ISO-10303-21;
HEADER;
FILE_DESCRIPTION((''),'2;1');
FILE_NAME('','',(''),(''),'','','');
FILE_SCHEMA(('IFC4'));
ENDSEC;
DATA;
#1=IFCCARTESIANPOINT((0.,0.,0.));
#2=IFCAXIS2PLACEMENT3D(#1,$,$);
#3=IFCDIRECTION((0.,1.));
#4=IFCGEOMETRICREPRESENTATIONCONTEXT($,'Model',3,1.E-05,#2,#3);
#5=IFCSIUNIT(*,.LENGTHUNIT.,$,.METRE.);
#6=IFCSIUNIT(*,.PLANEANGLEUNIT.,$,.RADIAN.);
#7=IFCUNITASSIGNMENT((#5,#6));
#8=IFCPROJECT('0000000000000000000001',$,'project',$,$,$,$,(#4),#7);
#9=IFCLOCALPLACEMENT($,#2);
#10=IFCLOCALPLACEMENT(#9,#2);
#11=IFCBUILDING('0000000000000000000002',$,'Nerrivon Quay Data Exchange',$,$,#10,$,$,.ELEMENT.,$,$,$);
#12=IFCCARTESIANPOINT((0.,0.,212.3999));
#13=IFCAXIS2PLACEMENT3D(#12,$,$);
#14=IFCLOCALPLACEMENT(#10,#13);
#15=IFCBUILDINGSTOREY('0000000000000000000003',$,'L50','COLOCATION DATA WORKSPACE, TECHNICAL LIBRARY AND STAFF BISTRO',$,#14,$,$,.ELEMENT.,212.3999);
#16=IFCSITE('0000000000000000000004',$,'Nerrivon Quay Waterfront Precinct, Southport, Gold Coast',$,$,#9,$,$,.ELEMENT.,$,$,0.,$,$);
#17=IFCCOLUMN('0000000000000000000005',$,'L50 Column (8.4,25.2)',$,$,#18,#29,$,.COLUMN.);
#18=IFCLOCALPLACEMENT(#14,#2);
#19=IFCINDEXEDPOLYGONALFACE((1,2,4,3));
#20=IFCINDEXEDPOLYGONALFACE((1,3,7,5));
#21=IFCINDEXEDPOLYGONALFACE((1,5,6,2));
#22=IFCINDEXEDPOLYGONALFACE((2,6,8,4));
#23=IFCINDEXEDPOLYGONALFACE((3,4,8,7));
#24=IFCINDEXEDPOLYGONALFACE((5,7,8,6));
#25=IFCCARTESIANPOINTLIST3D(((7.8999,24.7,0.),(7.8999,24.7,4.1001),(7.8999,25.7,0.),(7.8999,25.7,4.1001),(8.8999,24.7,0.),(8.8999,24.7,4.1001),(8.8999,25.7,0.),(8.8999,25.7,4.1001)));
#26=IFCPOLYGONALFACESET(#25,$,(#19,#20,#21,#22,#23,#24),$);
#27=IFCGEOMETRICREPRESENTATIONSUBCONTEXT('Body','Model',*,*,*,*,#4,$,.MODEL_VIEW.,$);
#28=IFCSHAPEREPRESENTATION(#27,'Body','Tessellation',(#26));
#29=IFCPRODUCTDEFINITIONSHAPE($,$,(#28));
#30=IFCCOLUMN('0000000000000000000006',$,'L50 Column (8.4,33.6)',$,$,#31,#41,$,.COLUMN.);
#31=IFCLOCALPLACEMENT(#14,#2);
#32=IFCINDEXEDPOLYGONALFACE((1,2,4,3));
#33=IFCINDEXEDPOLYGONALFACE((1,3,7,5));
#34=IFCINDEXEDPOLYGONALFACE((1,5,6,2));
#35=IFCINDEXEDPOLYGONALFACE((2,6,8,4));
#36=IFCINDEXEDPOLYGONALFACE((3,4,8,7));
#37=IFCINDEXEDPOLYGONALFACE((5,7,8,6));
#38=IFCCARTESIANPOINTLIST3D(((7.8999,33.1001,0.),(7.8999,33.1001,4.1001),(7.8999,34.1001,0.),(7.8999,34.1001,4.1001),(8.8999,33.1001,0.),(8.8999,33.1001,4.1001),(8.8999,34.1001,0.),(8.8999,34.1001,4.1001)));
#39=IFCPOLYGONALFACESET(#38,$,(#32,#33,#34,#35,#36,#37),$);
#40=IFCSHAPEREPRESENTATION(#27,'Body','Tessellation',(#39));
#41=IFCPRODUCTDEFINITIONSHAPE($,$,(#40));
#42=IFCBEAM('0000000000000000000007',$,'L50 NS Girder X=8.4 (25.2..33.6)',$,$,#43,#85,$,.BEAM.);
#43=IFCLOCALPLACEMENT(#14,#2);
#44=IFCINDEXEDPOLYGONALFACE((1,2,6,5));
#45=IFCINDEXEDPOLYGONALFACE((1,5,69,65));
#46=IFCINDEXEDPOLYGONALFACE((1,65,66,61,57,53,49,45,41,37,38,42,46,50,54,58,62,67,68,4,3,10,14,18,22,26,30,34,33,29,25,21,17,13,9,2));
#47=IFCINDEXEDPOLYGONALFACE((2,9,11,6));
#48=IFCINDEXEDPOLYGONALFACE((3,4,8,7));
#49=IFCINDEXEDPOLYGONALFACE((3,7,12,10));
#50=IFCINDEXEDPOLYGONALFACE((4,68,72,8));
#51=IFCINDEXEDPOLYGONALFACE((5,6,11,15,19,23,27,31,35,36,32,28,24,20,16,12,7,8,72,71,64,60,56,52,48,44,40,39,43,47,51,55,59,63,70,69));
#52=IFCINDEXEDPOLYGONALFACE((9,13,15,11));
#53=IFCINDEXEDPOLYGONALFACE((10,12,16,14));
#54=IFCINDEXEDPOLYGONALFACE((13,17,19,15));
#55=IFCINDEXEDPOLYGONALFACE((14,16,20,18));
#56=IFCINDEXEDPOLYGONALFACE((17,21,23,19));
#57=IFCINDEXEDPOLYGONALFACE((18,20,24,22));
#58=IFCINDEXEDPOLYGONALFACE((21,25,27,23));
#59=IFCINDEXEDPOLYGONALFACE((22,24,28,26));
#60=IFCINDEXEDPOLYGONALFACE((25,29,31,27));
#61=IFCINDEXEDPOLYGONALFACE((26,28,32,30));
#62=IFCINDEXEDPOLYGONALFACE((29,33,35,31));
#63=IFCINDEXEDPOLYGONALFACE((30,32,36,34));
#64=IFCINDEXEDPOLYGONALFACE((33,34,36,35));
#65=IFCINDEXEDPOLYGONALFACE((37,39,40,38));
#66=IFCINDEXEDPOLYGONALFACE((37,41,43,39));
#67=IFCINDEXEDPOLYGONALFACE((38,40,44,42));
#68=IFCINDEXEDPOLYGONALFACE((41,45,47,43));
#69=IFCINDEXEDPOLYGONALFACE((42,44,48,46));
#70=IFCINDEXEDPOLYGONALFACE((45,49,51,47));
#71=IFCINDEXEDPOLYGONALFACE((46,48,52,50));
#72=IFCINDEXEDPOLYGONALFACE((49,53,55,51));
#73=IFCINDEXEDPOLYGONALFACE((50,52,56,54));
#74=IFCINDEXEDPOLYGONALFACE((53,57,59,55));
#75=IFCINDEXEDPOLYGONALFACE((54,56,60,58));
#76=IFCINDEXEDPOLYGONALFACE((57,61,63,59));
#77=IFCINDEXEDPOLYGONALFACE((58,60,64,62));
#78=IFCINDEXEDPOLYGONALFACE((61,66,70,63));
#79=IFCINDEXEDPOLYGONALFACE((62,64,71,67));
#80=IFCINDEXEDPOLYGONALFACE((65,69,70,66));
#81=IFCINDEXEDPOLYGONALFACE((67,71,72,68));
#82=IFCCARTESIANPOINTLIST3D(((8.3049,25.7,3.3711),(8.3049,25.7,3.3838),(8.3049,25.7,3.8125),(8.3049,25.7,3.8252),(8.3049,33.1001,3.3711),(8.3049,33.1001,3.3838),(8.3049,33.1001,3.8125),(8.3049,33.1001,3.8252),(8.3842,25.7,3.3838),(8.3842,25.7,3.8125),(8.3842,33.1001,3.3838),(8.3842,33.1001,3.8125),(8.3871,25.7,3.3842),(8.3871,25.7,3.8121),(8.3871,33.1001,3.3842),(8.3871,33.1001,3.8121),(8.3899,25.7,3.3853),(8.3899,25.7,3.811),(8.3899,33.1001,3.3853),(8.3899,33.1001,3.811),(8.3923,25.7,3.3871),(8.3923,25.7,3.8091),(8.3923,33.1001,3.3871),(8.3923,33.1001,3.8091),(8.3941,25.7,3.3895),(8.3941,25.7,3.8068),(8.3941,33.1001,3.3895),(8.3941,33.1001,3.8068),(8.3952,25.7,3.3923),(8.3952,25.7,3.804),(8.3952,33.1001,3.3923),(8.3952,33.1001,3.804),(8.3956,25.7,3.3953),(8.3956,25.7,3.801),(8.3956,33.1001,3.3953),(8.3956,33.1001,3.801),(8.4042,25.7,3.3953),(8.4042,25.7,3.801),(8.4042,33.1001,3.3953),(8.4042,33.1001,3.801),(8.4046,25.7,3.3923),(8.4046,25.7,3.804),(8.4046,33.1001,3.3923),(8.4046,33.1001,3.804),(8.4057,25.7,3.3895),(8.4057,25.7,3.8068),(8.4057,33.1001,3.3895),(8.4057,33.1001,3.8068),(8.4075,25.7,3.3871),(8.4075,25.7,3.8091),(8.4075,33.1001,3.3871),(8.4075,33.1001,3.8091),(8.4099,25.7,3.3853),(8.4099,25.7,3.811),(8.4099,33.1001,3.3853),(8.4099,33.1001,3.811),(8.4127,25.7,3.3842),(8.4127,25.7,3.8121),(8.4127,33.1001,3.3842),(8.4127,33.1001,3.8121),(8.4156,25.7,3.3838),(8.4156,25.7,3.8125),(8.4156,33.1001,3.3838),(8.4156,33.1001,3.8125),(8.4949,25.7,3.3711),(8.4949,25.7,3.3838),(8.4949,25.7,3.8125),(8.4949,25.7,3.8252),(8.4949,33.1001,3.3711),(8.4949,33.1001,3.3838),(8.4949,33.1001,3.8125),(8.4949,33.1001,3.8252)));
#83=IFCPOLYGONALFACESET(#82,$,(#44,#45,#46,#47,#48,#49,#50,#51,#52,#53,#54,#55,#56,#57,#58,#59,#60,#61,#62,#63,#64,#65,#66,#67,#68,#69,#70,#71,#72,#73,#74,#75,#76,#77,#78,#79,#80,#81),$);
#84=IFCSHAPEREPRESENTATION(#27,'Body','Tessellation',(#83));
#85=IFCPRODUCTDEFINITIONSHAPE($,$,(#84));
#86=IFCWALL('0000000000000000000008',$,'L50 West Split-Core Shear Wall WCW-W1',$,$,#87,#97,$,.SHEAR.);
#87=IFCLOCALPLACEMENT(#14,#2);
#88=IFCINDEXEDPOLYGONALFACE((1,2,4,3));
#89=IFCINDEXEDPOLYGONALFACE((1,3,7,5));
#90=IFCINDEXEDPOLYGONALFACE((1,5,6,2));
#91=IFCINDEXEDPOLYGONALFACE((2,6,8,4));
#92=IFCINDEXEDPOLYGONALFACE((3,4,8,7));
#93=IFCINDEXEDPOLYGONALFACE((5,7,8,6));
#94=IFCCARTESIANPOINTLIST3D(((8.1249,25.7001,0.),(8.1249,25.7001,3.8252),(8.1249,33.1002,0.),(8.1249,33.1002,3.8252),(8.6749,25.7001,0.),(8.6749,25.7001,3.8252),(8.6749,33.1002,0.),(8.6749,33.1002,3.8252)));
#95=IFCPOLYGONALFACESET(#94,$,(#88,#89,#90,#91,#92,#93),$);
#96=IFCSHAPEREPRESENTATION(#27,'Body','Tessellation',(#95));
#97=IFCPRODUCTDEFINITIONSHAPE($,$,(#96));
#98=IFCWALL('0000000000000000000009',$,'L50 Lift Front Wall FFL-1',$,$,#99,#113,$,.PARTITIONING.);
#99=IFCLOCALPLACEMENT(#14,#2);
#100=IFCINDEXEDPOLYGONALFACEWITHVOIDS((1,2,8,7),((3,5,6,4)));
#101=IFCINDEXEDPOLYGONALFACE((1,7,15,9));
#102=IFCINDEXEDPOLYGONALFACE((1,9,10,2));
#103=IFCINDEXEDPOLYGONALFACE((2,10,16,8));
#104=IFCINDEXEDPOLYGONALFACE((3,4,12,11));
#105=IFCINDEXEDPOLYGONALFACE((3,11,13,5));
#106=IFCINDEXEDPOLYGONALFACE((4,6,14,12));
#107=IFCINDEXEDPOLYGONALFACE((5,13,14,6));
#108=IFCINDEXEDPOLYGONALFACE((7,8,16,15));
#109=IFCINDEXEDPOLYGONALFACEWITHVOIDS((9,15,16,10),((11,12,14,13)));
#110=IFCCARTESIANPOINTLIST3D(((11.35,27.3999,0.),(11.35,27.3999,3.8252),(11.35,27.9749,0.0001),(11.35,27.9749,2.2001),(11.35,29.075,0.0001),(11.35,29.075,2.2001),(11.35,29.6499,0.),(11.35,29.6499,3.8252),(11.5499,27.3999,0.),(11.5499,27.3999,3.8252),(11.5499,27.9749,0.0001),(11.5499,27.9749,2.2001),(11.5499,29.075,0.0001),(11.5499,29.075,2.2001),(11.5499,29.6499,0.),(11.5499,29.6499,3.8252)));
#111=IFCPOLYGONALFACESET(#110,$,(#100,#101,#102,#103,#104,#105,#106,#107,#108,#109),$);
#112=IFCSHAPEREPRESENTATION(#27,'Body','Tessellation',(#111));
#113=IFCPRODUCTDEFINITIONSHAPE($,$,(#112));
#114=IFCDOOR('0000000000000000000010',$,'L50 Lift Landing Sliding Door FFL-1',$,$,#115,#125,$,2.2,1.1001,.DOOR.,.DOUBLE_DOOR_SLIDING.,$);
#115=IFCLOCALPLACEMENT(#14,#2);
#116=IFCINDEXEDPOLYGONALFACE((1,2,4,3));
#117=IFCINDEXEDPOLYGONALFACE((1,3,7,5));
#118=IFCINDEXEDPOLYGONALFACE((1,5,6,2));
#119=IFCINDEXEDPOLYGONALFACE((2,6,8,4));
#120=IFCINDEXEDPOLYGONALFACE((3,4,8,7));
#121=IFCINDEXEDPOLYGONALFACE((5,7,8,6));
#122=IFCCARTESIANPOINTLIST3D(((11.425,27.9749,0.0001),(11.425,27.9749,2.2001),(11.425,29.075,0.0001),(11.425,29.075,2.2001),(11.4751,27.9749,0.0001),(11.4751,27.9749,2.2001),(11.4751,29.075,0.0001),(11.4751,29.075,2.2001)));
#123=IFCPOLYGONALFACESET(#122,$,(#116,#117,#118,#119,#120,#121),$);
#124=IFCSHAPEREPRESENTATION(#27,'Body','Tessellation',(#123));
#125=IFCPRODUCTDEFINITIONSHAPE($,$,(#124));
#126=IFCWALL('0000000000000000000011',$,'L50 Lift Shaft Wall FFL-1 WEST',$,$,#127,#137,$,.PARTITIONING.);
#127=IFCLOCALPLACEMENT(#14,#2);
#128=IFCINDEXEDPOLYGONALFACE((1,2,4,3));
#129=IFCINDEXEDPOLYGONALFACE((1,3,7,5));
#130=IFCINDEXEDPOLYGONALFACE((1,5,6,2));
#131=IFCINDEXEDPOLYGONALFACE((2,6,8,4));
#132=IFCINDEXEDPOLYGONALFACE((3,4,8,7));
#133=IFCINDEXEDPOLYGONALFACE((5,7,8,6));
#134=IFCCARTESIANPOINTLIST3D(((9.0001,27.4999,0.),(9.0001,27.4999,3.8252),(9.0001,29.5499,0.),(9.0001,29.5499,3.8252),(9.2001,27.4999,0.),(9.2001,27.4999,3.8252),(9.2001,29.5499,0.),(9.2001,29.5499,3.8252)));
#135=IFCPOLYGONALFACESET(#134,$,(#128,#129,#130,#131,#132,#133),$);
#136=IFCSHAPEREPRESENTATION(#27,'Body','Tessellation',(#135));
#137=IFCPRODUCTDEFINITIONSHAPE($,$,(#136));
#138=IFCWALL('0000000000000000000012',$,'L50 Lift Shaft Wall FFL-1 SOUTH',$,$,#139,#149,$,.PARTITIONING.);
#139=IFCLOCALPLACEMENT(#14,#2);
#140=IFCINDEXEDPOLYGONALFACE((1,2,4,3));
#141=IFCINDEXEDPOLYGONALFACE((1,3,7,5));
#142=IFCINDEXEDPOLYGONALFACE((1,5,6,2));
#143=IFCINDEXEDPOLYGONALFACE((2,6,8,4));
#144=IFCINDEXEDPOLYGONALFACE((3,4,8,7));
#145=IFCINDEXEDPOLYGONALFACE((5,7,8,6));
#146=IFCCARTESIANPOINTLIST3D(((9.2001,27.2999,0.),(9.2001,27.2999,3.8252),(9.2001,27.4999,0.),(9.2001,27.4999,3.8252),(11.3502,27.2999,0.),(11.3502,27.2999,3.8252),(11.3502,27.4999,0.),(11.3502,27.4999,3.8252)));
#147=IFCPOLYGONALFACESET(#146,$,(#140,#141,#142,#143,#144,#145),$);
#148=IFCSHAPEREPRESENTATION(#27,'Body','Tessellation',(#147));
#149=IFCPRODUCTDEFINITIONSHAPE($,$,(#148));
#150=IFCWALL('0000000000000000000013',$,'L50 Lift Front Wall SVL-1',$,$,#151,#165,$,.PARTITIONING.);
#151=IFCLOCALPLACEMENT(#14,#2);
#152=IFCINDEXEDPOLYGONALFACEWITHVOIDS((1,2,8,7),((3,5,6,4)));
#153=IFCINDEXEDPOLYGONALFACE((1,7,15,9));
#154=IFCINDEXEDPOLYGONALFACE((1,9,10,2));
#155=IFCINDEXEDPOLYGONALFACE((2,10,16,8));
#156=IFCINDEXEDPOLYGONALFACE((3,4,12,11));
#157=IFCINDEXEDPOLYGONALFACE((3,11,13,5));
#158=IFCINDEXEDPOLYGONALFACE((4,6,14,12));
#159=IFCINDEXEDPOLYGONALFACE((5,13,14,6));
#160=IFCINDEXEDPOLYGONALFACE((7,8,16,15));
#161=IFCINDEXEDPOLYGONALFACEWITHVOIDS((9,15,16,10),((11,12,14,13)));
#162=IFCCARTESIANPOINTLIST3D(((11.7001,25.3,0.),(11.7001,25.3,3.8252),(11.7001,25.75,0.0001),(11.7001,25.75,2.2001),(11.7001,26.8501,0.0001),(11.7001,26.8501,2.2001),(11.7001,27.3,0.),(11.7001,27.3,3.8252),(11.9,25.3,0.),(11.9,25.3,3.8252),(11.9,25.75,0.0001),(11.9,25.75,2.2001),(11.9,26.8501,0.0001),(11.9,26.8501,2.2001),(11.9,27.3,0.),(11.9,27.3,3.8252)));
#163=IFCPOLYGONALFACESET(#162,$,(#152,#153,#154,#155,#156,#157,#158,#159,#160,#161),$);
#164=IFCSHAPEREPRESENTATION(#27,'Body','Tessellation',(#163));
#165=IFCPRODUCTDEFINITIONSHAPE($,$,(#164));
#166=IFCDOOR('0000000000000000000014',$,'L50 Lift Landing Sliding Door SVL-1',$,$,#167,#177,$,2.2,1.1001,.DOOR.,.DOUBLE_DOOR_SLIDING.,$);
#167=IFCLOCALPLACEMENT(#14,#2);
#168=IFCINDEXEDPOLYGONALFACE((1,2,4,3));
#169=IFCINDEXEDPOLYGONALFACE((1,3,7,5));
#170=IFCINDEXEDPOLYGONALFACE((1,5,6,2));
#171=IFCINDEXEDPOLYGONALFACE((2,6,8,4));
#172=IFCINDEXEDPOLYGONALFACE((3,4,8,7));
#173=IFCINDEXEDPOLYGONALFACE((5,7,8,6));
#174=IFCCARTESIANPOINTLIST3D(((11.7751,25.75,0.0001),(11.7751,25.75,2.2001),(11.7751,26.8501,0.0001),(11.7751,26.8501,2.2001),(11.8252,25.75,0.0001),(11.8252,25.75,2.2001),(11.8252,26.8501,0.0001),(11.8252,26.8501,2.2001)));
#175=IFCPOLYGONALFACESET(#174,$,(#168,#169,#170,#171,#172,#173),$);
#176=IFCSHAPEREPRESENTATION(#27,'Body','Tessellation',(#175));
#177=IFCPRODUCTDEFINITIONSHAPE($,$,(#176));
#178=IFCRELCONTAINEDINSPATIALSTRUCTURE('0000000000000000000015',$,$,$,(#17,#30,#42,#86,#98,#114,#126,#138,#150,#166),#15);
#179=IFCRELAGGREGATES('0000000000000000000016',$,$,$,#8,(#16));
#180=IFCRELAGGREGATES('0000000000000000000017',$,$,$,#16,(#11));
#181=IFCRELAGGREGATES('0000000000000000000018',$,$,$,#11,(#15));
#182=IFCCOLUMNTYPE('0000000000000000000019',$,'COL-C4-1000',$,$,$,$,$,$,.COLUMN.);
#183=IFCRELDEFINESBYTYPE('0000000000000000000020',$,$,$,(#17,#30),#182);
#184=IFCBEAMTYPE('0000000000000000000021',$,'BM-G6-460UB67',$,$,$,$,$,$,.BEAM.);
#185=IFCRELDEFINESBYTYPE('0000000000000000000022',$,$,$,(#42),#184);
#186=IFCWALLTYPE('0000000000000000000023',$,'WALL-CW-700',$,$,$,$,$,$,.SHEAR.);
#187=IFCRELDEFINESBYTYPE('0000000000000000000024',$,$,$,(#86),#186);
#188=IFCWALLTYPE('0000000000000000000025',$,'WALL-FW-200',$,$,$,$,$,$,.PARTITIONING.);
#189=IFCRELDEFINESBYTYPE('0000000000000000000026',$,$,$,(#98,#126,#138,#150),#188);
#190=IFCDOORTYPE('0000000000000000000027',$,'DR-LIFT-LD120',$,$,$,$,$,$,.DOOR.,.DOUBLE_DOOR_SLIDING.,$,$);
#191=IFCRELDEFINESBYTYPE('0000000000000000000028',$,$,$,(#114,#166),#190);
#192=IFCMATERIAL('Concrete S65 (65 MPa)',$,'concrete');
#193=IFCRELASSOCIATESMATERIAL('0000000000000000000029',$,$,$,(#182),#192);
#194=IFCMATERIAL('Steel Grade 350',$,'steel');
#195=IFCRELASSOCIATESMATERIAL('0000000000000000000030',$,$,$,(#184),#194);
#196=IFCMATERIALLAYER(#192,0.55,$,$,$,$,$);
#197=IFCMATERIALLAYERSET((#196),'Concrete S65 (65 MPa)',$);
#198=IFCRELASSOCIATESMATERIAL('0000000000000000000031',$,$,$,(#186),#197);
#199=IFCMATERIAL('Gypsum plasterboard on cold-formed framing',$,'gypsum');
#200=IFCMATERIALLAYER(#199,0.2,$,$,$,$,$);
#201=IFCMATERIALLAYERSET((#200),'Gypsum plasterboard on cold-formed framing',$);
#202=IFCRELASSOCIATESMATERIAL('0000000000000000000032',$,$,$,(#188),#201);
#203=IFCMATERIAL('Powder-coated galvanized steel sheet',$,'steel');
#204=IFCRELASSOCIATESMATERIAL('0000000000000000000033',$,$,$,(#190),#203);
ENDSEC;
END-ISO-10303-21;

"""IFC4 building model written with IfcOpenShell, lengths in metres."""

from ifc_helpers import new_model, si_unit, direction, frame, frame_2d, origin, origin_2d, place, context, subcontext, project, spatial, rectangle, i_section, extrude, material, layer, layer_set, material_profile, profile_set, type_object, element, fill, save


model = new_model("IFC4")

# Units and contexts
model_context = context("Model", 3, precision=1e-05, world=origin(), true_north=direction((0.0, 1.0)))
body_context = subcontext(model_context, "Body", "Model", "MODEL_VIEW")
ifc_project = project(units=[si_unit("LENGTHUNIT", "METRE"), si_unit("PLANEANGLEUNIT", "RADIAN")], contexts=[model_context])

# Site, building, storey
site_placement = place(None, origin())
site = spatial("IfcSite", under=ifc_project, at=site_placement, Name="Nerrivon Quay Waterfront Precinct, Southport, Gold Coast", CompositionType="ELEMENT", RefElevation=0.0)
building_placement = place(site_placement, origin())
building = spatial("IfcBuilding", under=site, at=building_placement, Name="Nerrivon Quay Data Exchange", CompositionType="ELEMENT")
storey_placement = place(building_placement, frame((0.0, 0.0, 212.3999)))
storey = spatial("IfcBuildingStorey", under=building, at=storey_placement, Name="L50", Description="COLOCATION DATA WORKSPACE, TECHNICAL LIBRARY AND STAFF BISTRO", CompositionType="ELEMENT", Elevation=212.3999)

# Columns
ifc_material_1 = material(Name="Concrete S65 (65 MPa)", Category="concrete")
ifc_material_profile_1 = material_profile(ifc_material_1, rectangle(XDim=1.0, YDim=1.0, at=origin_2d()), Name="RC-COL-1000x1000")
ifc_profile_set_1 = profile_set([ifc_material_profile_1], Name="Concrete S65 (65 MPa)")
column_type = type_object("IfcColumnType", Name="COL-C4-1000", PredefinedType="COLUMN", material=ifc_profile_set_1)
for number, where, z_axis, x_axis, name in (
    (1, (8.3999, 25.2, 0.0), (0.0, 0.0, 1.0), (1.0, 0.0, 0.0), "L50 Column (8.4,25.2)"),
    (2, (8.3999, 33.6001, 0.0), (0.0, 0.0, 1.0), (1.0, 0.0, 0.0), "L50 Column (8.4,33.6)"),
):
    element("IfcColumn", number, at=place(storey_placement, frame(where, z_axis=z_axis, x_axis=x_axis)), inside=storey, type_object=column_type, Name=name, PredefinedType="COLUMN", context=body_context, shape_type="SweptSolid", body=[
        extrude(rectangle(XDim=1.0, YDim=1.0, at=origin_2d()), origin(), (0.0, 0.0, 1.0), 4.1001),
    ])

# Beam
ifc_material_2 = material(Name="Steel Grade 350", Category="steel")
ifc_material_profile_2 = material_profile(ifc_material_2, i_section(OverallWidth=0.1899, OverallDepth=0.4541, WebThickness=0.0085, FlangeThickness=0.0127, FilletRadius=0.0115, at=origin_2d()), Name="460UB67.1")
ifc_profile_set_2 = profile_set([ifc_material_profile_2], Name="Steel Grade 350")
beam_type = type_object("IfcBeamType", Name="BM-G6-460UB67", PredefinedType="BEAM", material=ifc_profile_set_2)
beam_placement = place(storey_placement, frame((8.3999, 25.7, 3.5981), z_axis=(0.0, 1.0, 0.0), x_axis=(-1.0, 0.0, 0.0)))
element("IfcBeam", 3, at=beam_placement, inside=storey, type_object=beam_type, Name="L50 NS Girder X=8.4 (25.2..33.6)", PredefinedType="BEAM", context=body_context, shape_type="SweptSolid", body=[
    extrude(i_section(OverallWidth=0.1899, OverallDepth=0.4541, WebThickness=0.0085, FlangeThickness=0.0127, FilletRadius=0.0115, at=origin_2d()), origin(), (0.0, 0.0, 1.0), 7.4001),
])

# Wall
ifc_layer_1 = layer(ifc_material_1, 0.55)
ifc_layer_set_1 = layer_set([ifc_layer_1], Name="Concrete S65 (65 MPa)")
wall_type_1 = type_object("IfcWallType", Name="WALL-CW-700", PredefinedType="SHEAR", material=ifc_layer_set_1)
wall_1_placement = place(storey_placement, frame((8.3999, 25.7, 0.0), z_axis=(0.0, 0.0, 1.0), x_axis=(0.0, 1.0, 0.0)))
element("IfcWall", 4, at=wall_1_placement, inside=storey, type_object=wall_type_1, Name="L50 West Split-Core Shear Wall WCW-W1", PredefinedType="SHEAR", context=body_context, shape_type="SweptSolid", body=[
    extrude(rectangle(XDim=7.4001, YDim=0.55, at=frame_2d((3.7002, 0.0))), origin(), (0.0, 0.0, 1.0), 3.8252),
])

# Wall, opening, door
ifc_material_3 = material(Name="Powder-coated galvanized steel sheet", Category="steel")
ifc_material_4 = material(Name="Gypsum plasterboard on cold-formed framing", Category="gypsum")
ifc_layer_2 = layer(ifc_material_4, 0.2)
ifc_layer_set_2 = layer_set([ifc_layer_2], Name="Gypsum plasterboard on cold-formed framing")
wall_type_2 = type_object("IfcWallType", Name="WALL-FW-200", PredefinedType="PARTITIONING", material=ifc_layer_set_2)
wall_2_placement = place(storey_placement, frame((11.45, 27.3999, 0.0), z_axis=(0.0, 0.0, 1.0), x_axis=(0.0, 1.0, 0.0)))
wall_2 = element("IfcWall", 5, at=wall_2_placement, inside=storey, type_object=wall_type_2, Name="L50 Lift Front Wall FFL-1", PredefinedType="PARTITIONING", context=body_context, shape_type="SweptSolid", body=[
    extrude(rectangle(XDim=2.25, YDim=0.2, at=frame_2d((1.125, 0.0))), origin(), (0.0, 0.0, 1.0), 3.8252),
])
opening_1_placement = place(wall_2_placement, frame((0.575, 0.0, 0.0)))
opening_1 = element("IfcOpeningElement", 6, at=opening_1_placement, cuts=wall_2, PredefinedType="OPENING", context=body_context, shape_type="SweptSolid", body=[
    extrude(rectangle(XDim=1.1001, YDim=2.2, at=frame_2d((0.55, 1.1001))), frame((0.0, 0.1099, 0.0), z_axis=(0.0, -1.0, 0.0), x_axis=(1.0, 0.0, 0.0)), (0.0, 0.0, 1.0), 0.22),
])
door_type_1 = type_object("IfcDoorType", Name="DR-LIFT-LD120", OperationType="DOUBLE_DOOR_SLIDING", PredefinedType="DOOR", material=ifc_material_3)
door_1_placement = place(opening_1_placement, origin())
door_1 = element("IfcDoor", 7, at=door_1_placement, inside=storey, type_object=door_type_1, Name="L50 Lift Landing Sliding Door FFL-1", OperationType="DOUBLE_DOOR_SLIDING", OverallHeight=2.2, OverallWidth=1.1001, PredefinedType="DOOR", context=body_context, shape_type="SweptSolid", body=[
    extrude(rectangle(XDim=1.1001, YDim=2.2, at=frame_2d((0.55, 1.1001))), frame((0.0, 0.0249, 0.0), z_axis=(0.0, -1.0, 0.0), x_axis=(1.0, 0.0, 0.0)), (0.0, 0.0, 1.0), 0.05),
])
fill(opening_1, door_1)

# Walls
wall_3_placement = place(storey_placement, frame((9.1001, 27.5, 0.0), z_axis=(0.0, 0.0, 1.0), x_axis=(0.0, 1.0, 0.0)))
element("IfcWall", 8, at=wall_3_placement, inside=storey, type_object=wall_type_2, Name="L50 Lift Shaft Wall FFL-1 WEST", PredefinedType="PARTITIONING", context=body_context, shape_type="SweptSolid", body=[
    extrude(rectangle(XDim=2.05, YDim=0.2, at=frame_2d((1.0249, 0.0))), origin(), (0.0, 0.0, 1.0), 3.8252),
])
wall_4_placement = place(storey_placement, frame((9.2, 27.3999, 0.0), z_axis=(0.0, 0.0, 1.0), x_axis=(1.0, 0.0, 0.0)))
element("IfcWall", 9, at=wall_4_placement, inside=storey, type_object=wall_type_2, Name="L50 Lift Shaft Wall FFL-1 SOUTH", PredefinedType="PARTITIONING", context=body_context, shape_type="SweptSolid", body=[
    extrude(rectangle(XDim=2.1501, YDim=0.2, at=frame_2d((1.0752, 0.0))), origin(), (0.0, 0.0, 1.0), 3.8252),
])

# Wall, opening, door
wall_5_placement = place(storey_placement, frame((11.8, 25.3, 0.0), z_axis=(0.0, 0.0, 1.0), x_axis=(0.0, 1.0, 0.0)))
wall_5 = element("IfcWall", 10, at=wall_5_placement, inside=storey, type_object=wall_type_2, Name="L50 Lift Front Wall SVL-1", PredefinedType="PARTITIONING", context=body_context, shape_type="SweptSolid", body=[
    extrude(rectangle(XDim=2.0, YDim=0.2, at=frame_2d((1.0, 0.0))), origin(), (0.0, 0.0, 1.0), 3.8252),
])
opening_2_placement = place(wall_5_placement, frame((0.45, 0.0, 0.0)))
opening_2 = element("IfcOpeningElement", 11, at=opening_2_placement, cuts=wall_5, PredefinedType="OPENING", context=body_context, shape_type="SweptSolid", body=[
    extrude(rectangle(XDim=1.1001, YDim=2.2, at=frame_2d((0.55, 1.1001))), frame((0.0, 0.1099, 0.0), z_axis=(0.0, -1.0, 0.0), x_axis=(1.0, 0.0, 0.0)), (0.0, 0.0, 1.0), 0.22),
])
door_2_placement = place(opening_2_placement, origin())
door_2 = element("IfcDoor", 12, at=door_2_placement, inside=storey, type_object=door_type_1, Name="L50 Lift Landing Sliding Door SVL-1", OperationType="DOUBLE_DOOR_SLIDING", OverallHeight=2.2, OverallWidth=1.1001, PredefinedType="DOOR", context=body_context, shape_type="SweptSolid", body=[
    extrude(rectangle(XDim=1.1001, YDim=2.2, at=frame_2d((0.55, 1.1001))), frame((0.0, 0.0249, 0.0), z_axis=(0.0, -1.0, 0.0), x_axis=(1.0, 0.0, 0.0)), (0.0, 0.0, 1.0), 0.05),
])
fill(opening_2, door_2)

save(model, "model.ifc")
